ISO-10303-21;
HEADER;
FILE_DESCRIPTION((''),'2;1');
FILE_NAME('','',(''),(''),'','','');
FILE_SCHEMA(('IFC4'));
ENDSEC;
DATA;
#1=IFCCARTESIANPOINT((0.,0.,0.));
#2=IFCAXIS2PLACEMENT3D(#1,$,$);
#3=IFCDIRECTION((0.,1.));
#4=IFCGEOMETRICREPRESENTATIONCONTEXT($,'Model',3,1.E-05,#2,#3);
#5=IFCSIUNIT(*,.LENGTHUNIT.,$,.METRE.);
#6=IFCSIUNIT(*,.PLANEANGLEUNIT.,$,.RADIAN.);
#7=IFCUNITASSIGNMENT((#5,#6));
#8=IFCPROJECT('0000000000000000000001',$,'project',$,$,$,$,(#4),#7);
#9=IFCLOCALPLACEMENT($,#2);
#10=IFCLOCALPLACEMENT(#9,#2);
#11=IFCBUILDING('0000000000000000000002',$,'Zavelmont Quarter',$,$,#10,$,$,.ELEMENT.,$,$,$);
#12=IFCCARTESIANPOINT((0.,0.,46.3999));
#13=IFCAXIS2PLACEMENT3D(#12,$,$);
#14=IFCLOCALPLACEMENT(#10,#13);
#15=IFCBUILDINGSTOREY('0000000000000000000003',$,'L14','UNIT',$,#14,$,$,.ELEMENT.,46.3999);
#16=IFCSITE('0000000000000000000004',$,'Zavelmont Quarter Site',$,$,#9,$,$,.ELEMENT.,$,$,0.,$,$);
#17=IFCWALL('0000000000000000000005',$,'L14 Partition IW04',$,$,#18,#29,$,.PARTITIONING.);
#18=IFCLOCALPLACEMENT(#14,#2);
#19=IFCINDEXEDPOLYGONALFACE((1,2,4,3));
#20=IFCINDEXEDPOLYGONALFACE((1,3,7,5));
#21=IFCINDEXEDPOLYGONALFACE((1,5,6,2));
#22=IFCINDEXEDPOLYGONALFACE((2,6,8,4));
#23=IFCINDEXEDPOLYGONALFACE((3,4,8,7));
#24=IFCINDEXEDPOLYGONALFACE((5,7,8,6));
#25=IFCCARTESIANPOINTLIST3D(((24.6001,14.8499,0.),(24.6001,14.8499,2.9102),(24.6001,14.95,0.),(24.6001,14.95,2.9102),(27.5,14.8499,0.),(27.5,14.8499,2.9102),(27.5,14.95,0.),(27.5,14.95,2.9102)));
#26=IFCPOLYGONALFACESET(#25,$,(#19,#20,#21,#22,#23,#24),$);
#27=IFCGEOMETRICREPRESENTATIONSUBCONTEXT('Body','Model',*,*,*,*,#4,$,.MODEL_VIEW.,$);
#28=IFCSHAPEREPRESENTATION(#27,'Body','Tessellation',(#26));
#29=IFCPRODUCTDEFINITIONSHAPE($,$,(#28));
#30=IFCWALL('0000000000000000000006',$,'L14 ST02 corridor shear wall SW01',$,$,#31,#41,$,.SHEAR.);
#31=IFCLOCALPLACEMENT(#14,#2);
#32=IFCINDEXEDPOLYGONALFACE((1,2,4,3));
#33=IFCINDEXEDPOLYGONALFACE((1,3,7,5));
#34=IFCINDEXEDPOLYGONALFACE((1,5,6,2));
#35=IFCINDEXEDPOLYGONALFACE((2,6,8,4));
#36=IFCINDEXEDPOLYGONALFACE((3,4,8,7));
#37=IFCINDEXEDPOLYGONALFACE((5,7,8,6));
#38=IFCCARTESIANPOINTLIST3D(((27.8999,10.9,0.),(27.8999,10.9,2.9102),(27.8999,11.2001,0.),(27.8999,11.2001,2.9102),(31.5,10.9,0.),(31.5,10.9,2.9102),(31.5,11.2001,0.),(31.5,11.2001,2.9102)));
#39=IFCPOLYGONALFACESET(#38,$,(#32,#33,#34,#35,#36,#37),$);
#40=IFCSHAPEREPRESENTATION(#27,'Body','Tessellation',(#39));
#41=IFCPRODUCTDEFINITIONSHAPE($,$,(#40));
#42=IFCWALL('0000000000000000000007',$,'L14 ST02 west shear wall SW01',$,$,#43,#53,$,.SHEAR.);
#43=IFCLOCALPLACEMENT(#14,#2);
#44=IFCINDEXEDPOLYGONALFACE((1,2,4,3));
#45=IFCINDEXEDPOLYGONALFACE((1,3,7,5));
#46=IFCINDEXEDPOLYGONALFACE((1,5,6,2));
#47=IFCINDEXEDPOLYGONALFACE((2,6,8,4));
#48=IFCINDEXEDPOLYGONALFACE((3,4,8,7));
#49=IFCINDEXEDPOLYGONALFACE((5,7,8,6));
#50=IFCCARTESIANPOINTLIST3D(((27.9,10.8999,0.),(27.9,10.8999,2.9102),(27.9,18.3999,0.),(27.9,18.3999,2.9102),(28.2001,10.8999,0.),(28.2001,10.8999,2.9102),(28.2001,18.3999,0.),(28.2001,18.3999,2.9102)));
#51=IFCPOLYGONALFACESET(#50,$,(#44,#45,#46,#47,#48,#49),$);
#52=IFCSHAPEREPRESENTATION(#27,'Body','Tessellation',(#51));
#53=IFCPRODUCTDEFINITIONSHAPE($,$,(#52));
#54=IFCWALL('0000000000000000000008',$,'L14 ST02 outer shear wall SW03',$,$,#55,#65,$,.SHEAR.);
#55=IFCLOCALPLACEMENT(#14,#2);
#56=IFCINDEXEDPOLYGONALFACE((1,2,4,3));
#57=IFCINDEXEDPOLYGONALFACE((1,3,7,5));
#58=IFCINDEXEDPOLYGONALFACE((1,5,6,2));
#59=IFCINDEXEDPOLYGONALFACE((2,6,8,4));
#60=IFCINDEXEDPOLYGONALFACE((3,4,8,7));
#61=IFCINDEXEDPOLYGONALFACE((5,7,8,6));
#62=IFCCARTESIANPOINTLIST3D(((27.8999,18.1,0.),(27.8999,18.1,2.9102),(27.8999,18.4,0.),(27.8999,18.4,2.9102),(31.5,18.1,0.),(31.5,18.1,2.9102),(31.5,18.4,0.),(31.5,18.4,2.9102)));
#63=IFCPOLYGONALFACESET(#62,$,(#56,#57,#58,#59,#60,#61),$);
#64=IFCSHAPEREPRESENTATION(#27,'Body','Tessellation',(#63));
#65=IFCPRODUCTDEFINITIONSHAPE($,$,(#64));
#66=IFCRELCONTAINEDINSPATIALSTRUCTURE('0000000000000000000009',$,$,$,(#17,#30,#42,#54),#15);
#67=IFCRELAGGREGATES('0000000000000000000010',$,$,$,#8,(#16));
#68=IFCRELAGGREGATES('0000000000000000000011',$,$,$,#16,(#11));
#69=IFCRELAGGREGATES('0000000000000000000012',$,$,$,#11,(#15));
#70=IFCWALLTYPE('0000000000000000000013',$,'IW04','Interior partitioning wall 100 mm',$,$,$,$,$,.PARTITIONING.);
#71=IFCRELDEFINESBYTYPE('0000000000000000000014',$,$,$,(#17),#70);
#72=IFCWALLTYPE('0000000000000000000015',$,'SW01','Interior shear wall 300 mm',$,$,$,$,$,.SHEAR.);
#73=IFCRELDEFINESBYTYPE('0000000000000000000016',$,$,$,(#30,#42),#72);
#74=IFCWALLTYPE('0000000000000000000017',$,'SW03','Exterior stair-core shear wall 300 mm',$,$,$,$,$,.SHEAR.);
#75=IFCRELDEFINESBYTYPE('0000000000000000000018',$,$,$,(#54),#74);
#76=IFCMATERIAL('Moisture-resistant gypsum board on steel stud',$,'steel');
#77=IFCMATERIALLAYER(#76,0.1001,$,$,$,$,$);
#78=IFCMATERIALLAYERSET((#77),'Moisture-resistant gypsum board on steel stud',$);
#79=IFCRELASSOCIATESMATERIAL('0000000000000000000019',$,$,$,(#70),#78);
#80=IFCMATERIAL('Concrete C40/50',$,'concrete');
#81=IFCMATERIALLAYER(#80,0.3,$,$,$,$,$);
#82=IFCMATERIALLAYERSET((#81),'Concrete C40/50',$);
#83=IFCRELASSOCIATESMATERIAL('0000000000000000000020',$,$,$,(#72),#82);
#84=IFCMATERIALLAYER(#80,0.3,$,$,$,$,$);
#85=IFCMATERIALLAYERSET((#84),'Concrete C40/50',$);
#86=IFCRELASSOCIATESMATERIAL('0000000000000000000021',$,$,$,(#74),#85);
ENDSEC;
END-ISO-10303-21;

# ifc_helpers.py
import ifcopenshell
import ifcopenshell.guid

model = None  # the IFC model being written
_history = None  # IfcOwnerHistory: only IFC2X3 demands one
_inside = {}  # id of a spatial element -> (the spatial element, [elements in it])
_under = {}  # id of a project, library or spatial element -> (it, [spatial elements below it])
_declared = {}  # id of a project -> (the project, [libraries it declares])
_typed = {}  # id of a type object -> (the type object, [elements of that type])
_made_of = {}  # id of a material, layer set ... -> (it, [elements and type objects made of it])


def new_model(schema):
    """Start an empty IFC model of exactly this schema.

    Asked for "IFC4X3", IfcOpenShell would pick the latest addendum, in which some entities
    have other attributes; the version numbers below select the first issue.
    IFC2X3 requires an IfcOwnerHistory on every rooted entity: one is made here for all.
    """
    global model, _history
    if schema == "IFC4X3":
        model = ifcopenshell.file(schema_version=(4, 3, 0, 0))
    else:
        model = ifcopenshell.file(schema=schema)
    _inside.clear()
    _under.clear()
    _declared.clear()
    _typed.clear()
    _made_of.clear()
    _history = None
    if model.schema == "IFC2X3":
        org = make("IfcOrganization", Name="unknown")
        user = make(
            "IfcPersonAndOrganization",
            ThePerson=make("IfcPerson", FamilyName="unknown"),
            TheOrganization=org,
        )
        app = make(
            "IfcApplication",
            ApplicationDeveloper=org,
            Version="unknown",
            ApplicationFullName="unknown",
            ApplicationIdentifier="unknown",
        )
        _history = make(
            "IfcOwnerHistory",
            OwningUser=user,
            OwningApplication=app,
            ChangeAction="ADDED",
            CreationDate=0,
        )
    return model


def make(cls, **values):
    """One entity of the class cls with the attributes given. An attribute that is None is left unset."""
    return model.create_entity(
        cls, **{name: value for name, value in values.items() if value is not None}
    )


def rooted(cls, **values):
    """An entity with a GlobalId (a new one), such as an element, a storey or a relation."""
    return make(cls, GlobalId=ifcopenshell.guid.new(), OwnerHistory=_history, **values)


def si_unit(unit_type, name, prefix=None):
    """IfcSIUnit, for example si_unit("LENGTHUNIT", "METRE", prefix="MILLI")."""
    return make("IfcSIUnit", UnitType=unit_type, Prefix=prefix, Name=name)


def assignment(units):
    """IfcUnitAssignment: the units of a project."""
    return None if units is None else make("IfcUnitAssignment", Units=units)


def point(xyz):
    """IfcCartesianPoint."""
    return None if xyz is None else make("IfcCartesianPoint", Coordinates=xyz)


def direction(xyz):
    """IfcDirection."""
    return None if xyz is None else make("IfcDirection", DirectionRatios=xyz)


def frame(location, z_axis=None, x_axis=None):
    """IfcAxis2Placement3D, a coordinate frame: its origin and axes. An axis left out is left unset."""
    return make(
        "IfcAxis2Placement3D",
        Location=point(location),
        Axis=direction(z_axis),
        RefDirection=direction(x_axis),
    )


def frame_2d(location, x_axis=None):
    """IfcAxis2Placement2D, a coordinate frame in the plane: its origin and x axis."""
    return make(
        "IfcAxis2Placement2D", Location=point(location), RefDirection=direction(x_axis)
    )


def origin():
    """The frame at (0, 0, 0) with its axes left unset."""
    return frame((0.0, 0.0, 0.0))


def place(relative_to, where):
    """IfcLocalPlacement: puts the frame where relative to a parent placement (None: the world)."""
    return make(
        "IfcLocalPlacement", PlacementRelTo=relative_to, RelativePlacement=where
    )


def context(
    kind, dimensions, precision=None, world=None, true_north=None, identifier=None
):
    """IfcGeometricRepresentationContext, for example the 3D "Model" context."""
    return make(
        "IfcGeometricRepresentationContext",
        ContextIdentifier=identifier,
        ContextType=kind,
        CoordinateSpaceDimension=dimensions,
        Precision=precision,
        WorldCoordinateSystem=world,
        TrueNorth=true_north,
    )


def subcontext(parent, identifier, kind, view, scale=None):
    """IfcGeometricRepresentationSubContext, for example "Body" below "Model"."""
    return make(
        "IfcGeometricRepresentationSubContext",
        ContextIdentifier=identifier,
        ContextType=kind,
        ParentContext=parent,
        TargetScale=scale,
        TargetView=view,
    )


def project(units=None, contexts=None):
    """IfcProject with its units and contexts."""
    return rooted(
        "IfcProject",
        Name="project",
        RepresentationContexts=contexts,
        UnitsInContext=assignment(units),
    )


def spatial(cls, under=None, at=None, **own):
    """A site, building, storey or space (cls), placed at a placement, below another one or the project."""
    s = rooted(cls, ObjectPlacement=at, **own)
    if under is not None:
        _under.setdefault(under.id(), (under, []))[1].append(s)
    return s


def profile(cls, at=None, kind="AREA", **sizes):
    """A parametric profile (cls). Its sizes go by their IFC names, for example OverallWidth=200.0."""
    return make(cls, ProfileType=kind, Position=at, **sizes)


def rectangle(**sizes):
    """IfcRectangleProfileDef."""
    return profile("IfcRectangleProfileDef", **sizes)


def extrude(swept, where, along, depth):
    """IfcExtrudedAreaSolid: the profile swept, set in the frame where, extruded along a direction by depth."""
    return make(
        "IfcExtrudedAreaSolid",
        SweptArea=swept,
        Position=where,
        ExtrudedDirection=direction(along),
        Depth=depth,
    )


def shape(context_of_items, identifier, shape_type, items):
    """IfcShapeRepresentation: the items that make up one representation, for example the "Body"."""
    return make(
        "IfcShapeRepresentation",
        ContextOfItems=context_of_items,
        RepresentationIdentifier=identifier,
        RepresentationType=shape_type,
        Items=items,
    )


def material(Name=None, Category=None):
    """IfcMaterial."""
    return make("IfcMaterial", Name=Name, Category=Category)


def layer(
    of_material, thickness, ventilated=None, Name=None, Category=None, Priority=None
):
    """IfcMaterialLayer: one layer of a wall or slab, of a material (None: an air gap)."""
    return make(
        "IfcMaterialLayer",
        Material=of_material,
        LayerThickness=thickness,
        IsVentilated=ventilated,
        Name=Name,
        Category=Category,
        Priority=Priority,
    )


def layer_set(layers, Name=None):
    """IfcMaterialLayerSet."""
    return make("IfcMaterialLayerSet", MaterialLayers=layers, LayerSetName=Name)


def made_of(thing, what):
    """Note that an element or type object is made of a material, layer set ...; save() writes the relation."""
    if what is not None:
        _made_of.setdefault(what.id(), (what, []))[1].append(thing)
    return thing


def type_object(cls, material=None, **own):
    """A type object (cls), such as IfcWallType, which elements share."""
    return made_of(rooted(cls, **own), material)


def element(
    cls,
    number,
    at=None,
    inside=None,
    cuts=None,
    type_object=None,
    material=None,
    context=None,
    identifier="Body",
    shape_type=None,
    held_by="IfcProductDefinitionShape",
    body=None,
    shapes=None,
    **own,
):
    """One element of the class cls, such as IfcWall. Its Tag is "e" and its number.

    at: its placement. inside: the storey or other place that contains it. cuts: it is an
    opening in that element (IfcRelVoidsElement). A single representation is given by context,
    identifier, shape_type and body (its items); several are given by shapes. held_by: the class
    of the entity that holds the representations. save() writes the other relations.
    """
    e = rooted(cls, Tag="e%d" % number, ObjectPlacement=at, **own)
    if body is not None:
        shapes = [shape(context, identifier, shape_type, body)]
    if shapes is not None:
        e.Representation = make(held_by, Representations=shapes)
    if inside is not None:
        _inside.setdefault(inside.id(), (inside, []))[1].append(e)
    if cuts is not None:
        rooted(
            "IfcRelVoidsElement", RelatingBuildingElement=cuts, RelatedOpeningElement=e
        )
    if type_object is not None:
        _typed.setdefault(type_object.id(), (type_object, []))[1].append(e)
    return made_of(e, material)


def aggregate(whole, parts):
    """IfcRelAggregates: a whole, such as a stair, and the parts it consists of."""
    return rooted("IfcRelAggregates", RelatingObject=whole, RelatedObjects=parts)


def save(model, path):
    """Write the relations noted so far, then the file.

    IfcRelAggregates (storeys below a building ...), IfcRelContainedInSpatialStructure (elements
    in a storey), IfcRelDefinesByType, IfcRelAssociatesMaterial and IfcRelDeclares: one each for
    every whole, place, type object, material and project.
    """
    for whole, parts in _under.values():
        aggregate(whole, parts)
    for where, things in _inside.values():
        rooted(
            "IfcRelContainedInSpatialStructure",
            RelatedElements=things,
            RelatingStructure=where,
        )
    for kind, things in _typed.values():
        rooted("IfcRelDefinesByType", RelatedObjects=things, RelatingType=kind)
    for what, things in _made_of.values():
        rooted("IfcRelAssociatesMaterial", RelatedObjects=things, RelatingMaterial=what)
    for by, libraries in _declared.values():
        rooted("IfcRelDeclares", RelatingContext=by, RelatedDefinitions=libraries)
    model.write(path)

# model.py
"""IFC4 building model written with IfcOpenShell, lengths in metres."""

from ifc_helpers import new_model, si_unit, direction, frame, frame_2d, origin, place, context, subcontext, project, spatial, rectangle, extrude, material, layer, layer_set, type_object, element, save


model = new_model("IFC4")

# Units and contexts
model_context = context("Model", 3, precision=1e-05, world=origin(), true_north=direction((0.0, 1.0)))
body_context = subcontext(model_context, "Body", "Model", "MODEL_VIEW")
ifc_project = project(units=[si_unit("LENGTHUNIT", "METRE"), si_unit("PLANEANGLEUNIT", "RADIAN")], contexts=[model_context])

# Site, building, storey
site_placement = place(None, origin())
site = spatial("IfcSite", under=ifc_project, at=site_placement, Name="Zavelmont Quarter Site", CompositionType="ELEMENT", RefElevation=0.0)
building_placement = place(site_placement, origin())
building = spatial("IfcBuilding", under=site, at=building_placement, Name="Zavelmont Quarter", CompositionType="ELEMENT")
storey_placement = place(building_placement, frame((0.0, 0.0, 46.3999)))
storey = spatial("IfcBuildingStorey", under=building, at=storey_placement, Name="L14", Description="UNIT", CompositionType="ELEMENT", Elevation=46.3999)

# Shared definitions
ifc_material_1 = material(Name="Concrete C40/50", Category="concrete")

# Walls
ifc_material_2 = material(Name="Moisture-resistant gypsum board on steel stud", Category="steel")
ifc_layer_1 = layer(ifc_material_2, 0.1001)
ifc_layer_set_1 = layer_set([ifc_layer_1], Name="Moisture-resistant gypsum board on steel stud")
wall_type_1 = type_object("IfcWallType", Name="IW04", Description="Interior partitioning wall 100 mm", PredefinedType="PARTITIONING", material=ifc_layer_set_1)
for number, where, z_axis, x_axis, name in (
    (1, (24.6001, 14.8999, 0.0), (0.0, 0.0, 1.0), (1.0, 0.0, 0.0), "L14 Partition IW04"),
):
    element("IfcWall", number, at=place(storey_placement, frame(where, z_axis=z_axis, x_axis=x_axis)), inside=storey, type_object=wall_type_1, Name=name, PredefinedType="PARTITIONING", context=body_context, shape_type="SweptSolid", body=[
        extrude(rectangle(XDim=2.8999, YDim=0.1001, at=frame_2d((1.45, 0.0))), origin(), (0.0, 0.0, 1.0), 2.9102),
    ])
ifc_layer_2 = layer(ifc_material_1, 0.3)
ifc_layer_set_2 = layer_set([ifc_layer_2], Name="Concrete C40/50")
wall_type_2 = type_object("IfcWallType", Name="SW01", Description="Interior shear wall 300 mm", PredefinedType="SHEAR", material=ifc_layer_set_2)
wall_1_placement = place(storey_placement, frame((27.8999, 11.05, 0.0), z_axis=(0.0, 0.0, 1.0), x_axis=(1.0, 0.0, 0.0)))
element("IfcWall", 2, at=wall_1_placement, inside=storey, type_object=wall_type_2, Name="L14 ST02 corridor shear wall SW01", PredefinedType="SHEAR", context=body_context, shape_type="SweptSolid", body=[
    extrude(rectangle(XDim=3.6001, YDim=0.3, at=frame_2d((1.8, 0.0))), origin(), (0.0, 0.0, 1.0), 2.9102),
])
wall_2_placement = place(storey_placement, frame((28.05, 10.8999, 0.0), z_axis=(0.0, 0.0, 1.0), x_axis=(0.0, 1.0, 0.0)))
element("IfcWall", 3, at=wall_2_placement, inside=storey, type_object=wall_type_2, Name="L14 ST02 west shear wall SW01", PredefinedType="SHEAR", context=body_context, shape_type="SweptSolid", body=[
    extrude(rectangle(XDim=7.5, YDim=0.3, at=frame_2d((3.75, 0.0))), origin(), (0.0, 0.0, 1.0), 2.9102),
])

# Wall
ifc_layer_3 = layer(ifc_material_1, 0.3)
ifc_layer_set_3 = layer_set([ifc_layer_3], Name="Concrete C40/50")
wall_type_3 = type_object("IfcWallType", Name="SW03", Description="Exterior stair-core shear wall 300 mm", PredefinedType="SHEAR", material=ifc_layer_set_3)
wall_3_placement = place(storey_placement, frame((27.8999, 18.25, 0.0), z_axis=(0.0, 0.0, 1.0), x_axis=(1.0, 0.0, 0.0)))
element("IfcWall", 4, at=wall_3_placement, inside=storey, type_object=wall_type_3, Name="L14 ST02 outer shear wall SW03", PredefinedType="SHEAR", context=body_context, shape_type="SweptSolid", body=[
    extrude(rectangle(XDim=3.6001, YDim=0.3, at=frame_2d((1.8, 0.0))), origin(), (0.0, 0.0, 1.0), 2.9102),
])

save(model, "model.ifc")
